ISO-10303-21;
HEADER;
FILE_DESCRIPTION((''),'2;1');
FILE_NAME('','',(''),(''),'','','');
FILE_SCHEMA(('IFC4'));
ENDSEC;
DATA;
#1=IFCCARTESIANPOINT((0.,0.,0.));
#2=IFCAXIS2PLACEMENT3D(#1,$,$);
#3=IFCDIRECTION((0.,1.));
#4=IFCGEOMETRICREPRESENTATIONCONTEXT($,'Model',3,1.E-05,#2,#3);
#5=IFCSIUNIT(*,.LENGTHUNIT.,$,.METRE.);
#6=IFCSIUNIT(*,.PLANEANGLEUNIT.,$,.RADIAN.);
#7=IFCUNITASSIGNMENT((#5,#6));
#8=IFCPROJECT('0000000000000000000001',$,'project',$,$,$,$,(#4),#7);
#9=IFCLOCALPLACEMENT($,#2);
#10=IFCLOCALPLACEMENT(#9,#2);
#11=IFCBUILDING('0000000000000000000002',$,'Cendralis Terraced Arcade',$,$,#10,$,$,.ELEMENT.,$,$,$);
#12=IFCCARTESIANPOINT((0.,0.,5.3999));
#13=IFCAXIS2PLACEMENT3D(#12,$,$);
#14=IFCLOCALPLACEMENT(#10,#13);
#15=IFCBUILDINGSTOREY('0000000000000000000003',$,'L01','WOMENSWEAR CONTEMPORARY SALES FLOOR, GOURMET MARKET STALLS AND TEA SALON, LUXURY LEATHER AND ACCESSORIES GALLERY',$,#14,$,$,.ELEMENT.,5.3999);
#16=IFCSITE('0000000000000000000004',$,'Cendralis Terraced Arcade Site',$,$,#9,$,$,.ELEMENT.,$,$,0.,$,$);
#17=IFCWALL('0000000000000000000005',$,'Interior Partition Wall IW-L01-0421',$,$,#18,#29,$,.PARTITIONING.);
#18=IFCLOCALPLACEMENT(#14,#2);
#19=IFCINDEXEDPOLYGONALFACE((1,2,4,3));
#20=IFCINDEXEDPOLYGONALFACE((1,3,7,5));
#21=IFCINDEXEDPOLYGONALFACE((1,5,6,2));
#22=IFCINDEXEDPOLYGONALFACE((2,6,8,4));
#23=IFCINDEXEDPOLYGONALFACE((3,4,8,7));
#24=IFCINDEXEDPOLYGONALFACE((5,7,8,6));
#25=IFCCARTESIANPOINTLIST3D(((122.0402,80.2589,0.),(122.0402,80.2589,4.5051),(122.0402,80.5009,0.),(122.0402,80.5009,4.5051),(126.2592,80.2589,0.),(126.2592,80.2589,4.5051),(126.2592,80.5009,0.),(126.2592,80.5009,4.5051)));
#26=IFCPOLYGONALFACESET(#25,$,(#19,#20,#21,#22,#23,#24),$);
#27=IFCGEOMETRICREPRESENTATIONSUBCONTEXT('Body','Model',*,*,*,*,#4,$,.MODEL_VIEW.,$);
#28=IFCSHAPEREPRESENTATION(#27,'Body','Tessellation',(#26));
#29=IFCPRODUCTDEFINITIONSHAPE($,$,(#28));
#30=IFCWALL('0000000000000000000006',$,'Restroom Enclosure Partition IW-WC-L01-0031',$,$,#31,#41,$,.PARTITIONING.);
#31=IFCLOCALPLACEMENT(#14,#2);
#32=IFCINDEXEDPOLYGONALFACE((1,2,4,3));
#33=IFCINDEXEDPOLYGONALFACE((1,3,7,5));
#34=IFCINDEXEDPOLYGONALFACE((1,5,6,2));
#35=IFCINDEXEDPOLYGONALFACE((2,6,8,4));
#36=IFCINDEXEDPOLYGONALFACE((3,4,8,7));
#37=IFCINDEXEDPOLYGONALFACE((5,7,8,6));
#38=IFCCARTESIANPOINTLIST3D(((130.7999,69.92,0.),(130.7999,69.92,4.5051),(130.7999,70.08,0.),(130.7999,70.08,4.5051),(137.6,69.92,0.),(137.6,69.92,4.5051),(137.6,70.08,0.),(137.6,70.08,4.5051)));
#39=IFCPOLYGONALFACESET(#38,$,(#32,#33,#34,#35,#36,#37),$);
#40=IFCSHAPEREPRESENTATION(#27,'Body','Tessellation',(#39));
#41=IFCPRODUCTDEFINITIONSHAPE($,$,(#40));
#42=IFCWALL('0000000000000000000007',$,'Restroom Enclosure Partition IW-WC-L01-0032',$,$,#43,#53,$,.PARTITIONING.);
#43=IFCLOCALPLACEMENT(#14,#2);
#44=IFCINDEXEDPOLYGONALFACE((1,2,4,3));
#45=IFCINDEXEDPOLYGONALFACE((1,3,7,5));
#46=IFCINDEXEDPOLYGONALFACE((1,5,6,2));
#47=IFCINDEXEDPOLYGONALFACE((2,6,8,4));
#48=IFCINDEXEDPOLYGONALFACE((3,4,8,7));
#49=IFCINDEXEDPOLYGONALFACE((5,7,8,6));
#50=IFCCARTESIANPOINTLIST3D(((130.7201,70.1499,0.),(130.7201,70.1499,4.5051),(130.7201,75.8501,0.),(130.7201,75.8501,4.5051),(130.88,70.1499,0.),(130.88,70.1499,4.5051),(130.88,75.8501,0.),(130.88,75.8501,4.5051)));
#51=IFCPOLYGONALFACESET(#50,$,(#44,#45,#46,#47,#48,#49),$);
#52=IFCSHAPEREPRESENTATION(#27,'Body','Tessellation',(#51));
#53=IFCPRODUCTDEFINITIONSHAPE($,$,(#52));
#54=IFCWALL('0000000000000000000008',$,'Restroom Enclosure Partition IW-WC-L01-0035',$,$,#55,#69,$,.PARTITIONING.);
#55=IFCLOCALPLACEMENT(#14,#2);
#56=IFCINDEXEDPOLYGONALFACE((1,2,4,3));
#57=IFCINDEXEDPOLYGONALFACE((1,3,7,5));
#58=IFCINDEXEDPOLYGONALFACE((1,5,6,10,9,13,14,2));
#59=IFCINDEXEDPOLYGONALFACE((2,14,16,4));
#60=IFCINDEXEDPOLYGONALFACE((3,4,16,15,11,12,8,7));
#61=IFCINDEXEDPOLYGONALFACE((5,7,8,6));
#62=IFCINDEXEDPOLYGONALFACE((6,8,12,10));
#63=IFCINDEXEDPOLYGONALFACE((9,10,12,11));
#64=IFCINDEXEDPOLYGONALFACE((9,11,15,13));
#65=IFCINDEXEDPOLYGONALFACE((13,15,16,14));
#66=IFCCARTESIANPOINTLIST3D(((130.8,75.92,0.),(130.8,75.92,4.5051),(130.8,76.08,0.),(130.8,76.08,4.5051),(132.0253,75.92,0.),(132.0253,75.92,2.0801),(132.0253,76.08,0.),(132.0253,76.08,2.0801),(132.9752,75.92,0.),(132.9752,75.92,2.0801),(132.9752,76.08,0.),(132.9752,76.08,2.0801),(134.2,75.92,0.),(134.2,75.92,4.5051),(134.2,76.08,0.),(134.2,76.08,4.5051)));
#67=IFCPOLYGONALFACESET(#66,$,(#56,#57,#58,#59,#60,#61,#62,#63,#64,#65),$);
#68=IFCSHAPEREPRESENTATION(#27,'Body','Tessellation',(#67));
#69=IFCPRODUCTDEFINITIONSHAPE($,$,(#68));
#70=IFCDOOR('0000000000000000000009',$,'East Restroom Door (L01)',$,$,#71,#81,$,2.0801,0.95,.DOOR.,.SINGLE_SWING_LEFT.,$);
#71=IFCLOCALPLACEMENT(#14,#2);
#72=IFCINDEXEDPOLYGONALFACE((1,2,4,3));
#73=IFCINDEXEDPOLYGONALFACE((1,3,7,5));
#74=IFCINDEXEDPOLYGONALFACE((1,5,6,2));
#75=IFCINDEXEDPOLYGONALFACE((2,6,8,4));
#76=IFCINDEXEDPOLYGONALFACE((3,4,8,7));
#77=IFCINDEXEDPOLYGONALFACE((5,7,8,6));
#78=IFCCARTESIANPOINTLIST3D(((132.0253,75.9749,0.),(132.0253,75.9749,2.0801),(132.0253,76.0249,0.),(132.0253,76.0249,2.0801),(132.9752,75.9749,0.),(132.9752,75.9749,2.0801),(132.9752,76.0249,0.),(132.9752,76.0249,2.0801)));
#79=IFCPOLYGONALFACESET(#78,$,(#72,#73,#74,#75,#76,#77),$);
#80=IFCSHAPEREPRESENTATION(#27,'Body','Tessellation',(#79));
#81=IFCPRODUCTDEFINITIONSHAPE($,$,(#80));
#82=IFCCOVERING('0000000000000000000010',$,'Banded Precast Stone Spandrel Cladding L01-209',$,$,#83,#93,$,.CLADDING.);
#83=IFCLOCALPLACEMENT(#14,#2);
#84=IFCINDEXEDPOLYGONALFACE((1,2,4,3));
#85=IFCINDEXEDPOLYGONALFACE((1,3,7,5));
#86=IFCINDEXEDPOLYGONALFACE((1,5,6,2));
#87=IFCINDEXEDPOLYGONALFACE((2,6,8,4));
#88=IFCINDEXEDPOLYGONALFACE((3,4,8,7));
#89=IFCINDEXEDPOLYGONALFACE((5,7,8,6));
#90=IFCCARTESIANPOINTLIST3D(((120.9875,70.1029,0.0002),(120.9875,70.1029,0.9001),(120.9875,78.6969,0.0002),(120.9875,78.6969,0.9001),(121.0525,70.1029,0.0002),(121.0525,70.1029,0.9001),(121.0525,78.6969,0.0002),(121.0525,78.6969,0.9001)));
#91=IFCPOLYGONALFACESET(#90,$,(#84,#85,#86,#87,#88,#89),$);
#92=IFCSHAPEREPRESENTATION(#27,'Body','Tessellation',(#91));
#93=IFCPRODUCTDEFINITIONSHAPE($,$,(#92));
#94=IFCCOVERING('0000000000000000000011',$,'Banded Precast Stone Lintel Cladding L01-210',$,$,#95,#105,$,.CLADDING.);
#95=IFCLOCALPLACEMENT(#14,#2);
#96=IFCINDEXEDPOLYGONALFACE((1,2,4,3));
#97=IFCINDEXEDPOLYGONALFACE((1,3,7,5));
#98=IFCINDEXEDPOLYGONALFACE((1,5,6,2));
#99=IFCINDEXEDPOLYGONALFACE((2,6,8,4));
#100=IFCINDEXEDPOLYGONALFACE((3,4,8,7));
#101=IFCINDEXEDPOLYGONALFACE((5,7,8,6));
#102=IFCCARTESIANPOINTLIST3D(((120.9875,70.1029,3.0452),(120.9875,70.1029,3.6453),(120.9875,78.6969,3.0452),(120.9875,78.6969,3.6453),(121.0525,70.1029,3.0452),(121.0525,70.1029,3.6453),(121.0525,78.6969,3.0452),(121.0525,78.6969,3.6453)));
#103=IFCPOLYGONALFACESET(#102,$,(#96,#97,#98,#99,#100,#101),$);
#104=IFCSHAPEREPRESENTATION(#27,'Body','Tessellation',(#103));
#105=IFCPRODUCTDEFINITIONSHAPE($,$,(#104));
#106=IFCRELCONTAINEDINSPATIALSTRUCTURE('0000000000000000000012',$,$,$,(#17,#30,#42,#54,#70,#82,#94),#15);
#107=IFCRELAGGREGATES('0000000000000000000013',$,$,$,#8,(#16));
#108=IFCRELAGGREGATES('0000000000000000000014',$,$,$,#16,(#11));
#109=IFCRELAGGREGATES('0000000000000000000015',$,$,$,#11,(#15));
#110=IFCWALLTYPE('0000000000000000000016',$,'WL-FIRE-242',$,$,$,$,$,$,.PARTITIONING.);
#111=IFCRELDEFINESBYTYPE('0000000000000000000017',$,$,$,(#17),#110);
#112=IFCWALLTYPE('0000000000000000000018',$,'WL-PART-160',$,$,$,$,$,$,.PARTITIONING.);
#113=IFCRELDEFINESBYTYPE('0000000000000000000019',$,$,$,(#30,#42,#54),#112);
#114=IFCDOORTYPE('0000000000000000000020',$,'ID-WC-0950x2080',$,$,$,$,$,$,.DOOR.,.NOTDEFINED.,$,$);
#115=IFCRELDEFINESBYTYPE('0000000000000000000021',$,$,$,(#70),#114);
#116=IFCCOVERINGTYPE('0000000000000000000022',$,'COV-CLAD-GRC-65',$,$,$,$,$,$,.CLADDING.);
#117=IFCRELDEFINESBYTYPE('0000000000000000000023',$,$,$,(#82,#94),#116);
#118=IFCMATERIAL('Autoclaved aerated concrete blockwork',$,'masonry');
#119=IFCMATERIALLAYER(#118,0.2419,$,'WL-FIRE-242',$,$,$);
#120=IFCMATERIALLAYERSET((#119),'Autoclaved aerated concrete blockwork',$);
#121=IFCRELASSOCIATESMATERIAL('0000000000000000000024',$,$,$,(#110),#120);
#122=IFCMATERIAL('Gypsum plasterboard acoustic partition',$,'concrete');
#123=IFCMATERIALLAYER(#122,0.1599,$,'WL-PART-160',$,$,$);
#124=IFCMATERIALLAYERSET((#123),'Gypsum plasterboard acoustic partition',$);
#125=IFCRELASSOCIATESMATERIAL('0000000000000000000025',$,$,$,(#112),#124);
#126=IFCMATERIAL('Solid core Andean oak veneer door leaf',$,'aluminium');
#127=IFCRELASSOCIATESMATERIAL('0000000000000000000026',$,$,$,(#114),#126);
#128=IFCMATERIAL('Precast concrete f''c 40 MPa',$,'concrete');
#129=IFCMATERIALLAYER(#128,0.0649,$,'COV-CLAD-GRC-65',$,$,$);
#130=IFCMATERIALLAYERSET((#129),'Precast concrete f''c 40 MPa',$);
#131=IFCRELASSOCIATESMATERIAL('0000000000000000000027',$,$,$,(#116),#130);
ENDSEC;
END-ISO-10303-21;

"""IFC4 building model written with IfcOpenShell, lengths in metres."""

from ifc_helpers import new_model, si_unit, direction, frame, frame_2d, origin, origin_2d, place, context, subcontext, project, spatial, rectangle, extrude, material, layer, layer_set, type_object, element, fill, save


model = new_model("IFC4")

# Units and contexts
model_context = context("Model", 3, precision=1e-05, world=origin(), true_north=direction((0.0, 1.0)))
body_context = subcontext(model_context, "Body", "Model", "MODEL_VIEW")
ifc_project = project(units=[si_unit("LENGTHUNIT", "METRE"), si_unit("PLANEANGLEUNIT", "RADIAN")], contexts=[model_context])

# Site, building, storey
site_placement = place(None, origin())
site = spatial("IfcSite", under=ifc_project, at=site_placement, Name="Cendralis Terraced Arcade Site", CompositionType="ELEMENT", RefElevation=0.0)
building_placement = place(site_placement, origin())
building = spatial("IfcBuilding", under=site, at=building_placement, Name="Cendralis Terraced Arcade", CompositionType="ELEMENT")
storey_placement = place(building_placement, frame((0.0, 0.0, 5.3999)))
storey = spatial("IfcBuildingStorey", under=building, at=storey_placement, Name="L01", Description="WOMENSWEAR CONTEMPORARY SALES FLOOR, GOURMET MARKET STALLS AND TEA SALON, LUXURY LEATHER AND ACCESSORIES GALLERY", CompositionType="ELEMENT", Elevation=5.3999)

# Shared definitions
ifc_material_1 = material(Name="Precast concrete f'c 40 MPa", Category="concrete")

# Walls
ifc_material_2 = material(Name="Autoclaved aerated concrete blockwork", Category="masonry")
ifc_layer_1 = layer(ifc_material_2, 0.2419, Name="WL-FIRE-242")
ifc_layer_set_1 = layer_set([ifc_layer_1], Name="Autoclaved aerated concrete blockwork")
wall_type_1 = type_object("IfcWallType", Name="WL-FIRE-242", PredefinedType="PARTITIONING", material=ifc_layer_set_1)
wall_1_placement = place(storey_placement, frame((126.259, 80.3799, 0.0), z_axis=(0.0, 0.0, 1.0), x_axis=(-1.0, 0.0, 0.0)))
element("IfcWall", 1, at=wall_1_placement, inside=storey, type_object=wall_type_1, Name="Interior Partition Wall IW-L01-0421", PredefinedType="PARTITIONING", context=body_context, shape_type="SweptSolid", body=[
    extrude(rectangle(XDim=4.219, YDim=0.2419, at=frame_2d((2.1094, 0.0))), origin(), (0.0, 0.0, 1.0), 4.5051),
])
ifc_material_3 = material(Name="Gypsum plasterboard acoustic partition", Category="concrete")
ifc_layer_2 = layer(ifc_material_3, 0.1599, Name="WL-PART-160")
ifc_layer_set_2 = layer_set([ifc_layer_2], Name="Gypsum plasterboard acoustic partition")
wall_type_2 = type_object("IfcWallType", Name="WL-PART-160", PredefinedType="PARTITIONING", material=ifc_layer_set_2)
wall_2_placement = place(storey_placement, frame((130.8, 70.0, 0.0), z_axis=(0.0, 0.0, 1.0), x_axis=(1.0, 0.0, 0.0)))
element("IfcWall", 2, at=wall_2_placement, inside=storey, type_object=wall_type_2, Name="Restroom Enclosure Partition IW-WC-L01-0031", PredefinedType="PARTITIONING", context=body_context, shape_type="SweptSolid", body=[
    extrude(rectangle(XDim=6.8, YDim=0.1599, at=frame_2d((3.3999, 0.0))), origin(), (0.0, 0.0, 1.0), 4.5051),
])
wall_3_placement = place(storey_placement, frame((130.8, 70.1499, 0.0), z_axis=(0.0, 0.0, 1.0), x_axis=(0.0, 1.0, 0.0)))
element("IfcWall", 3, at=wall_3_placement, inside=storey, type_object=wall_type_2, Name="Restroom Enclosure Partition IW-WC-L01-0032", PredefinedType="PARTITIONING", context=body_context, shape_type="SweptSolid", body=[
    extrude(rectangle(XDim=5.7002, YDim=0.1599, at=frame_2d((2.8501, 0.0))), origin(), (0.0, 0.0, 1.0), 4.5051),
])

# Wall, opening, door
wall_4_placement = place(storey_placement, frame((130.8, 76.0, 0.0), z_axis=(0.0, 0.0, 1.0), x_axis=(1.0, 0.0, 0.0)))
wall_4 = element("IfcWall", 4, at=wall_4_placement, inside=storey, type_object=wall_type_2, Name="Restroom Enclosure Partition IW-WC-L01-0035", PredefinedType="PARTITIONING", context=body_context, shape_type="SweptSolid", body=[
    extrude(rectangle(XDim=3.3999, YDim=0.1599, at=frame_2d((1.7, 0.0))), origin(), (0.0, 0.0, 1.0), 4.5051),
])
opening_1_placement = place(wall_4_placement, frame((1.2251, 0.0, 0.0)))
opening_1 = element("IfcOpeningElement", 5, at=opening_1_placement, cuts=wall_4, PredefinedType="OPENING", context=body_context, shape_type="SweptSolid", body=[
    extrude(rectangle(XDim=0.95, YDim=2.0801, at=frame_2d((0.4751, 1.04))), frame((0.0, 0.0918, 0.0), z_axis=(0.0, -1.0, 0.0), x_axis=(1.0, 0.0, 0.0)), (0.0, 0.0, 1.0), 0.1838),
])
ifc_material_4 = material(Name="Solid core Andean oak veneer door leaf", Category="aluminium")
door_type = type_object("IfcDoorType", Name="ID-WC-0950x2080", OperationType="NOTDEFINED", PredefinedType="DOOR", material=ifc_material_4)
door_placement = place(opening_1_placement, origin())
door = element("IfcDoor", 6, at=door_placement, inside=storey, type_object=door_type, Name="East Restroom Door (L01)", OperationType="SINGLE_SWING_LEFT", OverallHeight=2.0801, OverallWidth=0.95, PredefinedType="DOOR", context=body_context, shape_type="SweptSolid", body=[
    extrude(rectangle(XDim=0.95, YDim=2.0801, at=frame_2d((0.4751, 1.04))), frame((0.0, 0.0249, 0.0), z_axis=(0.0, -1.0, 0.0), x_axis=(1.0, 0.0, 0.0)), (0.0, 0.0, 1.0), 0.05),
])
fill(opening_1, door)

# Coverings
ifc_layer_3 = layer(ifc_material_1, 0.0649, Name="COV-CLAD-GRC-65")
ifc_layer_set_3 = layer_set([ifc_layer_3], Name="Precast concrete f'c 40 MPa")
covering_type = type_object("IfcCoveringType", Name="COV-CLAD-GRC-65", PredefinedType="CLADDING", material=ifc_layer_set_3)
covering_1_placement = place(storey_placement, frame((121.02, 74.3999, 0.0002), z_axis=(0.0, 0.0, 1.0), x_axis=(0.0, 1.0, 0.0)))
element("IfcCovering", 7, at=covering_1_placement, inside=storey, type_object=covering_type, Name="Banded Precast Stone Spandrel Cladding L01-209", PredefinedType="CLADDING", context=body_context, shape_type="SweptSolid", body=[
    extrude(rectangle(XDim=8.594, YDim=0.0649, at=origin_2d()), origin(), (0.0, 0.0, 1.0), 0.8999),
])
covering_2_placement = place(storey_placement, frame((121.02, 74.3999, 3.0452), z_axis=(0.0, 0.0, 1.0), x_axis=(0.0, 1.0, 0.0)))
element("IfcCovering", 8, at=covering_2_placement, inside=storey, type_object=covering_type, Name="Banded Precast Stone Lintel Cladding L01-210", PredefinedType="CLADDING", context=body_context, shape_type="SweptSolid", body=[
    extrude(rectangle(XDim=8.594, YDim=0.0649, at=origin_2d()), origin(), (0.0, 0.0, 1.0), 0.6001),
])

save(model, "model.ifc")
